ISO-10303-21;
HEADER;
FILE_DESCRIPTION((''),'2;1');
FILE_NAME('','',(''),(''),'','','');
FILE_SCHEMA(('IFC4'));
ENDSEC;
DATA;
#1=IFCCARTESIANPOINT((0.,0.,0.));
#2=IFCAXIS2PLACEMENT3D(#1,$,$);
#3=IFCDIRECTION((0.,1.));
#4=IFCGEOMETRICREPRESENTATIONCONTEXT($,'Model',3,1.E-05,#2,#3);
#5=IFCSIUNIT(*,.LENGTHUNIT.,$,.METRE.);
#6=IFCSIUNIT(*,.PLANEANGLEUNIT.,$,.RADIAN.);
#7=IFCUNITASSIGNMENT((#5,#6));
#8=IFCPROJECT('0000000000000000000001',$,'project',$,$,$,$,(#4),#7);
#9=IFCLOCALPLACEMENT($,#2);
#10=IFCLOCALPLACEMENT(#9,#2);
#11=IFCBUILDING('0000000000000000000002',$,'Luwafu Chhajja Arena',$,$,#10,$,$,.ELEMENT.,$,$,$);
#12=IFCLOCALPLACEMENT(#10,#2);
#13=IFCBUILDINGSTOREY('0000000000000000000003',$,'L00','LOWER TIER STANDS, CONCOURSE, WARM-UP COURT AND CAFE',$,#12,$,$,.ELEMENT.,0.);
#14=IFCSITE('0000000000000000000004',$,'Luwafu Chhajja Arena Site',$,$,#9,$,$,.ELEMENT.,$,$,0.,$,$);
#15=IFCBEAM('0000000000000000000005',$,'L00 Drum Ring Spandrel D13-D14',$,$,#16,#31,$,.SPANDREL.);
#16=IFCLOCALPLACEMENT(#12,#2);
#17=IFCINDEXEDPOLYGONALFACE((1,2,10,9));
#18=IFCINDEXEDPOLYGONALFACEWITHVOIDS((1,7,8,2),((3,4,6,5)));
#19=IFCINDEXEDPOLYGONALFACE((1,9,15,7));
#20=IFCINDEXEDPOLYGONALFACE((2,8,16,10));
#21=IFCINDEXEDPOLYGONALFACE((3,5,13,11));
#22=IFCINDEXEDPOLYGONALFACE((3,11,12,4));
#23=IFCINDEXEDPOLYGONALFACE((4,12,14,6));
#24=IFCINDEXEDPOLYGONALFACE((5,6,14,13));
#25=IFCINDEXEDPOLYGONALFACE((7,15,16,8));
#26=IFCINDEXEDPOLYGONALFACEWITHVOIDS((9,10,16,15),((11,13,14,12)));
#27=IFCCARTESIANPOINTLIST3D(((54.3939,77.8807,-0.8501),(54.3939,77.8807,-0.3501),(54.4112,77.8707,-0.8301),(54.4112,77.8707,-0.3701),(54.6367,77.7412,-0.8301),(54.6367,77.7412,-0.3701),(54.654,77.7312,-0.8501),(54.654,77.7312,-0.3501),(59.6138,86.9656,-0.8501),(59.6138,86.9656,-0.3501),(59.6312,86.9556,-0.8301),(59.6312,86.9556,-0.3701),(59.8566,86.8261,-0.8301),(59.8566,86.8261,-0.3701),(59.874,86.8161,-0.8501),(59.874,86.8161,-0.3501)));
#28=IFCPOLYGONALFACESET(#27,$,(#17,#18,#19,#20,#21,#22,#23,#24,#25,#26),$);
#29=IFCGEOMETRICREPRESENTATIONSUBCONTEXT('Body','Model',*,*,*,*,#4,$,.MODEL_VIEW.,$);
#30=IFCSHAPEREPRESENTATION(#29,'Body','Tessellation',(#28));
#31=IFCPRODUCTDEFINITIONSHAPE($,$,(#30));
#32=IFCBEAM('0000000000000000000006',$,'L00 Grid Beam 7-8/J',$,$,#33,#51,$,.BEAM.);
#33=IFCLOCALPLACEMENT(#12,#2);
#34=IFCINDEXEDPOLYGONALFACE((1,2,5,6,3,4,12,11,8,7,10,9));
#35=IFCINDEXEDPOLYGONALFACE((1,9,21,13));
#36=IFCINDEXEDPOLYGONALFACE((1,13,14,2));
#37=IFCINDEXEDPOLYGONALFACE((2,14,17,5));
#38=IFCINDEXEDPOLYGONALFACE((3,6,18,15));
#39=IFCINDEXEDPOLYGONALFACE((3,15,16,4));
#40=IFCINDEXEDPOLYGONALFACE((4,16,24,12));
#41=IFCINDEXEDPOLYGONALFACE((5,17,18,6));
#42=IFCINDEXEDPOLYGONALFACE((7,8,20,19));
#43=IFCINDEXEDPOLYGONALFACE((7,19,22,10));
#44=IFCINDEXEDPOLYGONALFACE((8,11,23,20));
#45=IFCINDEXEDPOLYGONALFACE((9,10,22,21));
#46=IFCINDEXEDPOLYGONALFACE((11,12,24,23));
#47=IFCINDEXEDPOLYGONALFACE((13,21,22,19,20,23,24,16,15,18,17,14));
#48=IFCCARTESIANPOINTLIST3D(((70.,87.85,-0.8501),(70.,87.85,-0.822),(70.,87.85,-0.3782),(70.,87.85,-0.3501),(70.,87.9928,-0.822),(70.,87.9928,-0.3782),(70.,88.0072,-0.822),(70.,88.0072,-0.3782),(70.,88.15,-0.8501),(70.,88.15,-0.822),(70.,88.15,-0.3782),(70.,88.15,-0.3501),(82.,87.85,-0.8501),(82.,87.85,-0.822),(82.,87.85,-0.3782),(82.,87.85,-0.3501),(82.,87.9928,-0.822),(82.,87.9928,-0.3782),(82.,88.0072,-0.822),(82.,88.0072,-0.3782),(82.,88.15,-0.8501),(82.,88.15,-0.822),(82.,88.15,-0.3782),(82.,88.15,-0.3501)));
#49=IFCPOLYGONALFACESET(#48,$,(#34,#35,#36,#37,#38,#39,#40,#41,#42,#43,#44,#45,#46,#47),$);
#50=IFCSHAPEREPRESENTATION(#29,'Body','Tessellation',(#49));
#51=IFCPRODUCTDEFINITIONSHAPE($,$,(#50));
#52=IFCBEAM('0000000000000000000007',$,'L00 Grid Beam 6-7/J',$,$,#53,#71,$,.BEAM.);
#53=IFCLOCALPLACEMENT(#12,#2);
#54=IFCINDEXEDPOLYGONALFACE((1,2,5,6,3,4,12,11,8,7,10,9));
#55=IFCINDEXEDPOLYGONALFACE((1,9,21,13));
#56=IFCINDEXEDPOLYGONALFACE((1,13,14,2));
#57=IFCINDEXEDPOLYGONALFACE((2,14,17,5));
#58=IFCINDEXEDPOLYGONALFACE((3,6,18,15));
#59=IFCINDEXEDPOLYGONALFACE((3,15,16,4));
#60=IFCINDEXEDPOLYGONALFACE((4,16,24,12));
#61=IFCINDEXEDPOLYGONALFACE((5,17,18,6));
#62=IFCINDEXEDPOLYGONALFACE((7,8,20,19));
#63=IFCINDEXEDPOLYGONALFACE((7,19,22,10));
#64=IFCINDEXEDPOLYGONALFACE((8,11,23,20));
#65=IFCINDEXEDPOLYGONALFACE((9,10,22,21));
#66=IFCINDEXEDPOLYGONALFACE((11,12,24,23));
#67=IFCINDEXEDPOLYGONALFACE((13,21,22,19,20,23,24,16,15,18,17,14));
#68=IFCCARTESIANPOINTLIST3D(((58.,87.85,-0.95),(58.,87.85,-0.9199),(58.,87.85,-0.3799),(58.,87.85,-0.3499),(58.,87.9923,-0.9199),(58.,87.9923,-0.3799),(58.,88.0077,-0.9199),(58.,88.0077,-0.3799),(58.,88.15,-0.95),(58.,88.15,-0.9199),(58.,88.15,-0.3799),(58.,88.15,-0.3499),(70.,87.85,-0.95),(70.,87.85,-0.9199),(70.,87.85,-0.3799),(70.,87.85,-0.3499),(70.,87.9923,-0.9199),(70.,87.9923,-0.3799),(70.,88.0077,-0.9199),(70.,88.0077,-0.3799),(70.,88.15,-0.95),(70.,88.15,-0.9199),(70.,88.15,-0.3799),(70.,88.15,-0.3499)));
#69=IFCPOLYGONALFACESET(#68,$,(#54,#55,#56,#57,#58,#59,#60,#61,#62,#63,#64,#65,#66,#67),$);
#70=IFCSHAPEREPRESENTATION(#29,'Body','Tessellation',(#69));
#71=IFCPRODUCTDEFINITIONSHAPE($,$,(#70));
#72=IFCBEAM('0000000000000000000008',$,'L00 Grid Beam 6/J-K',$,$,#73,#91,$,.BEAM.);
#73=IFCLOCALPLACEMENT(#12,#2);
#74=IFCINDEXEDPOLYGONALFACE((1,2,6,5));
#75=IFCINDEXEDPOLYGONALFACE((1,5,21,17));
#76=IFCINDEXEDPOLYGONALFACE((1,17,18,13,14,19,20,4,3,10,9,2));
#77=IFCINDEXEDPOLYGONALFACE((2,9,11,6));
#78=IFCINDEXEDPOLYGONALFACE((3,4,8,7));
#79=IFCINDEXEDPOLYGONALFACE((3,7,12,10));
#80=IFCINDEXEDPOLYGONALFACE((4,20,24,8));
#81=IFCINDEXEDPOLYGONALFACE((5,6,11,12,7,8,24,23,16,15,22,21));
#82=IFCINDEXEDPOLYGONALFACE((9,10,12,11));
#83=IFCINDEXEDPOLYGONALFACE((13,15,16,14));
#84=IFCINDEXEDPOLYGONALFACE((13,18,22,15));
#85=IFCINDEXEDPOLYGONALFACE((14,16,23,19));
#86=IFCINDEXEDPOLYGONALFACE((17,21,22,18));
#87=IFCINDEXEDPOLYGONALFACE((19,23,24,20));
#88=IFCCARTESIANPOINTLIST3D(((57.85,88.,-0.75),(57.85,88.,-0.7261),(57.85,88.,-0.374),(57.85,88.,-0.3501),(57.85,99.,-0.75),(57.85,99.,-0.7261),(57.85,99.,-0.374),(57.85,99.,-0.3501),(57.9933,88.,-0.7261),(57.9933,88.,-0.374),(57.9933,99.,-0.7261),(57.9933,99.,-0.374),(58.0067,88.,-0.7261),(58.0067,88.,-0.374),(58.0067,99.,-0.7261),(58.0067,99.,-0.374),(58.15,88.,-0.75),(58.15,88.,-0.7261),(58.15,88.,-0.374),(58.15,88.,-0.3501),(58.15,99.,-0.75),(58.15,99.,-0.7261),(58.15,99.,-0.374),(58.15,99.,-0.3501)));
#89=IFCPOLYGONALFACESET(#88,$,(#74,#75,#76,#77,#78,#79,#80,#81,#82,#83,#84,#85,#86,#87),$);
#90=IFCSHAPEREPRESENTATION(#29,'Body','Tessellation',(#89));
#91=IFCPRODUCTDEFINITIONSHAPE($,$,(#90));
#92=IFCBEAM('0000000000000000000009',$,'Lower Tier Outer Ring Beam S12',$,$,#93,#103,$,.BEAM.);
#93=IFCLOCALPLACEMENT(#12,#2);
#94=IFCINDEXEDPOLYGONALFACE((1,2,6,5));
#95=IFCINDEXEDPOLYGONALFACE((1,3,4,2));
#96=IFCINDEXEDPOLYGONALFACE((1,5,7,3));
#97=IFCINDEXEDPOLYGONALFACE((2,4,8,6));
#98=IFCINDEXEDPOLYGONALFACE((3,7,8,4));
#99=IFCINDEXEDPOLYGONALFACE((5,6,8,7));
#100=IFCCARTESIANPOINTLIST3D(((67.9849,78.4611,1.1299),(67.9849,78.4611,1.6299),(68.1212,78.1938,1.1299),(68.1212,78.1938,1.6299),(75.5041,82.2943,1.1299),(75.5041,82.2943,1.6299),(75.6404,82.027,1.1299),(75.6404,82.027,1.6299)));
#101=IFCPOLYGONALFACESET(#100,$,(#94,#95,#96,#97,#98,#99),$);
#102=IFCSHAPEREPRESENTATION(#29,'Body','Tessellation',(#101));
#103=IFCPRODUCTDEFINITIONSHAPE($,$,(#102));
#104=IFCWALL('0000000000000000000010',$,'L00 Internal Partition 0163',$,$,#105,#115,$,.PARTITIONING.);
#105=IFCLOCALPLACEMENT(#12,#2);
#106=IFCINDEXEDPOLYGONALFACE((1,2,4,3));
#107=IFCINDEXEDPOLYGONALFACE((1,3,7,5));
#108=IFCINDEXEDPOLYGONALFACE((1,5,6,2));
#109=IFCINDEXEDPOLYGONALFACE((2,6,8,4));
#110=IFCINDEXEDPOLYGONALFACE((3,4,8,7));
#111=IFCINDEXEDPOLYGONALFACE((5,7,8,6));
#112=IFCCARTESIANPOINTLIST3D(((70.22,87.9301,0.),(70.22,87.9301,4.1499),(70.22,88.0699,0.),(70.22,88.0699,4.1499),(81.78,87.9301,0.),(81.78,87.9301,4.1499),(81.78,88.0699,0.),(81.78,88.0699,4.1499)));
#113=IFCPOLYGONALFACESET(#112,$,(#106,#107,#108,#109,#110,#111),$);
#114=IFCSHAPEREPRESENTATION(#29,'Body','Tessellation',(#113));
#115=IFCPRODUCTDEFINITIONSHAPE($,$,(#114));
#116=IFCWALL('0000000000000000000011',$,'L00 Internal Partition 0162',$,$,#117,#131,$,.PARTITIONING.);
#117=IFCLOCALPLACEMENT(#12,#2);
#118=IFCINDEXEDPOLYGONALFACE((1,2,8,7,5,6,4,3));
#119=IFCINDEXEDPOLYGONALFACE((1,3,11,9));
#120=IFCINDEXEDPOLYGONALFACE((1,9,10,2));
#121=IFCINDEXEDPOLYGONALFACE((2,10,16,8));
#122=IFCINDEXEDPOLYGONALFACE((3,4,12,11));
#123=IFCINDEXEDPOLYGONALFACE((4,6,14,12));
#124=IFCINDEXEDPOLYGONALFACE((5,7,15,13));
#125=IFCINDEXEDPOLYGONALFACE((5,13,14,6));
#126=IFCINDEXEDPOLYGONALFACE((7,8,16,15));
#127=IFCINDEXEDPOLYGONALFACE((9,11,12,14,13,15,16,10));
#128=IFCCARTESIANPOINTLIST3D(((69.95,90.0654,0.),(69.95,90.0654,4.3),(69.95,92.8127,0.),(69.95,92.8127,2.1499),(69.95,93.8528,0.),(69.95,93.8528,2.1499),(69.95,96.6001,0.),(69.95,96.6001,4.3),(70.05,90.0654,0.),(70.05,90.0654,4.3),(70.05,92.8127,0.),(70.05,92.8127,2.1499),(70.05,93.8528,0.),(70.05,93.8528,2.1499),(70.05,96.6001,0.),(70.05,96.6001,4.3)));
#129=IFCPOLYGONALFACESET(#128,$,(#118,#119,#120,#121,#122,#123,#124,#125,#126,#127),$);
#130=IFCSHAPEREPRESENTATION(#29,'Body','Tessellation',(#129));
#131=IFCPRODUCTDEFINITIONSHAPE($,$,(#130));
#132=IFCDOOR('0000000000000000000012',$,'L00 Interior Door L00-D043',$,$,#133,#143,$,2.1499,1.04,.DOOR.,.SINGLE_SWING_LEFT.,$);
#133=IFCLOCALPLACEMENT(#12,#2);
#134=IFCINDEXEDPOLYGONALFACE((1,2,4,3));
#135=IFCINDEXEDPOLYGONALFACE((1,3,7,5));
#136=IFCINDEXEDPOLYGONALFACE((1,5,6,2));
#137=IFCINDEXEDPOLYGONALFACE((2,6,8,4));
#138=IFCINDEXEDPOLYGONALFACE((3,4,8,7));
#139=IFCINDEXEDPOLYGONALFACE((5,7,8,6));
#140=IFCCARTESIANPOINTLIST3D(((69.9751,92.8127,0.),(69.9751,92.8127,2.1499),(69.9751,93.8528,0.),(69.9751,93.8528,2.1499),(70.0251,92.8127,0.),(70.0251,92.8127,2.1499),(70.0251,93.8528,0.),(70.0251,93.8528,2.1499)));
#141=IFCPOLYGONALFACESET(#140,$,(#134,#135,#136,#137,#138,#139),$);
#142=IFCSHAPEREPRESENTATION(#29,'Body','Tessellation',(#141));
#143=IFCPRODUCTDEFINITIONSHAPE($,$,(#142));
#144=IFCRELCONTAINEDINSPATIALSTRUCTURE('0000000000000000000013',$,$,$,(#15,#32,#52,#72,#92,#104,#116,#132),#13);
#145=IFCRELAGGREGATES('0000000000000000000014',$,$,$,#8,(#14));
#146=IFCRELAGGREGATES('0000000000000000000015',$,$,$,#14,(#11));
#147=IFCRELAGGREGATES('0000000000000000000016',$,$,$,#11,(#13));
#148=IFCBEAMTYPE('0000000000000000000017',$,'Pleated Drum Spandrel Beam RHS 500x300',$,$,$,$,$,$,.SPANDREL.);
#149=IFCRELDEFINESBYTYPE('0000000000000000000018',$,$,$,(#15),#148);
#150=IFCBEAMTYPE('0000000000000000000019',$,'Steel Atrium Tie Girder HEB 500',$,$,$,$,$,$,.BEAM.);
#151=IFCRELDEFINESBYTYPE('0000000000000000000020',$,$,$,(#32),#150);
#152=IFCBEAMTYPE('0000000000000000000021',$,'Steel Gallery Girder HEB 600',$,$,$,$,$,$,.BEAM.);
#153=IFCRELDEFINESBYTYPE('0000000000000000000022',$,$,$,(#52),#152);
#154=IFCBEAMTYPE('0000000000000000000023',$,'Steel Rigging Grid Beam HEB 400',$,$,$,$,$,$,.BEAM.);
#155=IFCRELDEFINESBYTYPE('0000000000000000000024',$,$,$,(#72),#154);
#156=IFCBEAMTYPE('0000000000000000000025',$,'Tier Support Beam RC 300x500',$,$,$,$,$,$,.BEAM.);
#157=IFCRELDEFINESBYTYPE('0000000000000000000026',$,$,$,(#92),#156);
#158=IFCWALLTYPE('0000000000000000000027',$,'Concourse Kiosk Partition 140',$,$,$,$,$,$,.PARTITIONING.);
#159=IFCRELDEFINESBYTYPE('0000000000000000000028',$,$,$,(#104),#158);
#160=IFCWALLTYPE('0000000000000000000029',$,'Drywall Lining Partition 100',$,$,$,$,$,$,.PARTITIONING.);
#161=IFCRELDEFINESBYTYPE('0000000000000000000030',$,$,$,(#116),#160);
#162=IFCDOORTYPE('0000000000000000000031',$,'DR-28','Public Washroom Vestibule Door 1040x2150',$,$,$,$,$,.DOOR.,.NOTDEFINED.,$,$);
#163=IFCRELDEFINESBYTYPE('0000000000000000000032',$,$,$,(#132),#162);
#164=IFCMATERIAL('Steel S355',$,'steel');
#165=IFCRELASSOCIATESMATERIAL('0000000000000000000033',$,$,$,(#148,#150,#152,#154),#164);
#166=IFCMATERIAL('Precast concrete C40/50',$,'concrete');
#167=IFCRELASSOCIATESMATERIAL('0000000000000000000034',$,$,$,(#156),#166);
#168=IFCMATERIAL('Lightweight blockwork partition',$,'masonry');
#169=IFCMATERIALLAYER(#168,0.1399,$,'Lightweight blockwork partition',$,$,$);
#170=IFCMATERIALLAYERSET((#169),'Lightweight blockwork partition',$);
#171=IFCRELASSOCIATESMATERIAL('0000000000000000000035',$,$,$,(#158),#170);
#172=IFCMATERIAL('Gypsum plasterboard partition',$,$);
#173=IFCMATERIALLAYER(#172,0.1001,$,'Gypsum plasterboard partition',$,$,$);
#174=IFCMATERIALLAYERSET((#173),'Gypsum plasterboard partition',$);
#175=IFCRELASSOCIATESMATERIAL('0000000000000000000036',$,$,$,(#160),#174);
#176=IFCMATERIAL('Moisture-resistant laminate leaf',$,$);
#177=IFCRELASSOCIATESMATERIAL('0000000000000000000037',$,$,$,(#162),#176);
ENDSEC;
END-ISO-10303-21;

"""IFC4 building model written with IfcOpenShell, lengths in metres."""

from ifc_helpers import new_model, si_unit, direction, frame, frame_2d, origin, origin_2d, place, context, subcontext, project, spatial, rectangle, hollow_rectangle, i_section, extrude, material, layer, layer_set, material_profile, profile_set, type_object, element, fill, save


model = new_model("IFC4")

# Units and contexts
model_context = context("Model", 3, precision=1e-05, world=origin(), true_north=direction((0.0, 1.0)))
body_context = subcontext(model_context, "Body", "Model", "MODEL_VIEW")
ifc_project = project(units=[si_unit("LENGTHUNIT", "METRE"), si_unit("PLANEANGLEUNIT", "RADIAN")], contexts=[model_context])

# Site, building, storey
site_placement = place(None, origin())
site = spatial("IfcSite", under=ifc_project, at=site_placement, Name="Luwafu Chhajja Arena Site", CompositionType="ELEMENT", RefElevation=0.0)
building_placement = place(site_placement, origin())
building = spatial("IfcBuilding", under=site, at=building_placement, Name="Luwafu Chhajja Arena", CompositionType="ELEMENT")
storey_placement = place(building_placement, origin())
storey = spatial("IfcBuildingStorey", under=building, at=storey_placement, Name="L00", Description="LOWER TIER STANDS, CONCOURSE, WARM-UP COURT AND CAFE", CompositionType="ELEMENT", Elevation=0.0)

# Shared definitions
ifc_material_1 = material(Name="Steel S355", Category="steel")

# Beams
ifc_material_profile_1 = material_profile(ifc_material_1, hollow_rectangle(XDim=0.3, YDim=0.5, WallThickness=0.02, at=origin_2d()), Name="RHS 500x300x20")
ifc_profile_set_1 = profile_set([ifc_material_profile_1], Name="Steel S355")
beam_type_1 = type_object("IfcBeamType", Name="Pleated Drum Spandrel Beam RHS 500x300", PredefinedType="SPANDREL", material=ifc_profile_set_1)
beam_1_placement = place(storey_placement, frame((59.7439, 86.8909, -0.6001), z_axis=(-0.498193, -0.867066, 0.0), x_axis=(0.867066, -0.498193, 0.0)))
element("IfcBeam", 1, at=beam_1_placement, inside=storey, type_object=beam_type_1, Name="L00 Drum Ring Spandrel D13-D14", PredefinedType="SPANDREL", context=body_context, shape_type="SweptSolid", body=[
    extrude(hollow_rectangle(XDim=0.3, YDim=0.5, WallThickness=0.02, at=origin_2d()), origin(), (0.0, 0.0, 1.0), 10.4778),
])
ifc_material_profile_2 = material_profile(ifc_material_1, i_section(OverallWidth=0.3, OverallDepth=0.5, WebThickness=0.0144, FlangeThickness=0.0281, at=origin_2d()), Name="HEB 500")
ifc_profile_set_2 = profile_set([ifc_material_profile_2], Name="Steel S355")
beam_type_2 = type_object("IfcBeamType", Name="Steel Atrium Tie Girder HEB 500", PredefinedType="BEAM", material=ifc_profile_set_2)
beam_2_placement = place(storey_placement, frame((70.0, 88.0, -0.6001), z_axis=(1.0, 0.0, 0.0), x_axis=(0.0, 1.0, 0.0)))
element("IfcBeam", 2, at=beam_2_placement, inside=storey, type_object=beam_type_2, Name="L00 Grid Beam 7-8/J", PredefinedType="BEAM", context=body_context, shape_type="SweptSolid", body=[
    extrude(i_section(OverallWidth=0.3, OverallDepth=0.5, WebThickness=0.0144, FlangeThickness=0.0281, at=origin_2d()), origin(), (0.0, 0.0, 1.0), 12.0),
])
ifc_material_profile_3 = material_profile(ifc_material_1, i_section(OverallWidth=0.3, OverallDepth=0.6001, WebThickness=0.0154, FlangeThickness=0.03, at=origin_2d()), Name="HEB 600")
ifc_profile_set_3 = profile_set([ifc_material_profile_3], Name="Steel S355")
beam_type_3 = type_object("IfcBeamType", Name="Steel Gallery Girder HEB 600", PredefinedType="BEAM", material=ifc_profile_set_3)
beam_3_placement = place(storey_placement, frame((58.0, 88.0, -0.6499), z_axis=(1.0, 0.0, 0.0), x_axis=(0.0, 1.0, 0.0)))
element("IfcBeam", 3, at=beam_3_placement, inside=storey, type_object=beam_type_3, Name="L00 Grid Beam 6-7/J", PredefinedType="BEAM", context=body_context, shape_type="SweptSolid", body=[
    extrude(i_section(OverallWidth=0.3, OverallDepth=0.6001, WebThickness=0.0154, FlangeThickness=0.03, at=origin_2d()), origin(), (0.0, 0.0, 1.0), 12.0),
])
ifc_material_profile_4 = material_profile(ifc_material_1, i_section(OverallWidth=0.3, OverallDepth=0.3999, WebThickness=0.0134, FlangeThickness=0.0239, at=origin_2d()), Name="HEB 400")
ifc_profile_set_4 = profile_set([ifc_material_profile_4], Name="Steel S355")
beam_type_4 = type_object("IfcBeamType", Name="Steel Rigging Grid Beam HEB 400", PredefinedType="BEAM", material=ifc_profile_set_4)
beam_4_placement = place(storey_placement, frame((58.0, 88.0, -0.55), z_axis=(0.0, 1.0, 0.0), x_axis=(-1.0, 0.0, 0.0)))
element("IfcBeam", 4, at=beam_4_placement, inside=storey, type_object=beam_type_4, Name="L00 Grid Beam 6/J-K", PredefinedType="BEAM", context=body_context, shape_type="SweptSolid", body=[
    extrude(i_section(OverallWidth=0.3, OverallDepth=0.3999, WebThickness=0.0134, FlangeThickness=0.0239, at=origin_2d()), origin(), (0.0, 0.0, 1.0), 11.0),
])
ifc_material_2 = material(Name="Precast concrete C40/50", Category="concrete")
ifc_material_profile_5 = material_profile(ifc_material_2, rectangle(XDim=0.3, YDim=0.5, at=origin_2d()), Name="RC 300x500")
ifc_profile_set_5 = profile_set([ifc_material_profile_5], Name="Precast concrete C40/50")
beam_type_5 = type_object("IfcBeamType", Name="Tier Support Beam RC 300x500", PredefinedType="BEAM", material=ifc_profile_set_5)
beam_5_placement = place(storey_placement, frame((75.5723, 82.1606, 1.3799), z_axis=(-0.890911, -0.454177, 0.0), x_axis=(0.454177, -0.890911, 0.0)))
element("IfcBeam", 5, at=beam_5_placement, inside=storey, type_object=beam_type_5, Name="Lower Tier Outer Ring Beam S12", PredefinedType="BEAM", context=body_context, shape_type="SweptSolid", body=[
    extrude(rectangle(XDim=0.3, YDim=0.5, at=origin_2d()), origin(), (0.0, 0.0, 1.0), 8.4399),
])

# Wall
ifc_material_3 = material(Name="Lightweight blockwork partition", Category="masonry")
ifc_layer_1 = layer(ifc_material_3, 0.1399, Name="Lightweight blockwork partition")
ifc_layer_set_1 = layer_set([ifc_layer_1], Name="Lightweight blockwork partition")
wall_type_1 = type_object("IfcWallType", Name="Concourse Kiosk Partition 140", PredefinedType="PARTITIONING", material=ifc_layer_set_1)
wall_1_placement = place(storey_placement, frame((70.22, 88.0, 0.0), z_axis=(0.0, 0.0, 1.0), x_axis=(1.0, 0.0, 0.0)))
element("IfcWall", 6, at=wall_1_placement, inside=storey, type_object=wall_type_1, Name="L00 Internal Partition 0163", PredefinedType="PARTITIONING", context=body_context, shape_type="SweptSolid", body=[
    extrude(rectangle(XDim=11.5601, YDim=0.1399, at=frame_2d((5.78, 0.0))), origin(), (0.0, 0.0, 1.0), 4.1499),
])

# Wall, opening, door
ifc_material_4 = material(Name="Gypsum plasterboard partition")
ifc_layer_2 = layer(ifc_material_4, 0.1001, Name="Gypsum plasterboard partition")
ifc_layer_set_2 = layer_set([ifc_layer_2], Name="Gypsum plasterboard partition")
wall_type_2 = type_object("IfcWallType", Name="Drywall Lining Partition 100", PredefinedType="PARTITIONING", material=ifc_layer_set_2)
wall_2_placement = place(storey_placement, frame((70.0, 90.0654, 0.0), z_axis=(0.0, 0.0, 1.0), x_axis=(0.0, 1.0, 0.0)))
wall_2 = element("IfcWall", 7, at=wall_2_placement, inside=storey, type_object=wall_type_2, Name="L00 Internal Partition 0162", PredefinedType="PARTITIONING", context=body_context, shape_type="SweptSolid", body=[
    extrude(rectangle(XDim=6.5347, YDim=0.1001, at=frame_2d((3.2673, 0.0))), origin(), (0.0, 0.0, 1.0), 4.3),
])
opening_1_placement = place(wall_2_placement, frame((2.7473, 0.0, 0.0)))
opening_1 = element("IfcOpeningElement", 8, at=opening_1_placement, cuts=wall_2, PredefinedType="OPENING", context=body_context, shape_type="SweptSolid", body=[
    extrude(rectangle(XDim=1.04, YDim=2.1499, at=frame_2d((0.52, 1.075))), frame((0.0, 0.0601, 0.0), z_axis=(0.0, -1.0, 0.0), x_axis=(1.0, 0.0, 0.0)), (0.0, 0.0, 1.0), 0.1201),
])
ifc_material_5 = material(Name="Moisture-resistant laminate leaf")
door_type_1 = type_object("IfcDoorType", Name="DR-28", Description="Public Washroom Vestibule Door 1040x2150", OperationType="NOTDEFINED", PredefinedType="DOOR", material=ifc_material_5)
door_1_placement = place(opening_1_placement, origin())
door_1 = element("IfcDoor", 9, at=door_1_placement, inside=storey, type_object=door_type_1, Name="L00 Interior Door L00-D043", OperationType="SINGLE_SWING_LEFT", OverallHeight=2.1499, OverallWidth=1.04, PredefinedType="DOOR", context=body_context, shape_type="SweptSolid", body=[
    extrude(rectangle(XDim=1.04, YDim=2.1499, at=frame_2d((0.52, 1.075))), frame((0.0, 0.0249, 0.0), z_axis=(0.0, -1.0, 0.0), x_axis=(1.0, 0.0, 0.0)), (0.0, 0.0, 1.0), 0.05),
])
fill(opening_1, door_1)

save(model, "model.ifc")
